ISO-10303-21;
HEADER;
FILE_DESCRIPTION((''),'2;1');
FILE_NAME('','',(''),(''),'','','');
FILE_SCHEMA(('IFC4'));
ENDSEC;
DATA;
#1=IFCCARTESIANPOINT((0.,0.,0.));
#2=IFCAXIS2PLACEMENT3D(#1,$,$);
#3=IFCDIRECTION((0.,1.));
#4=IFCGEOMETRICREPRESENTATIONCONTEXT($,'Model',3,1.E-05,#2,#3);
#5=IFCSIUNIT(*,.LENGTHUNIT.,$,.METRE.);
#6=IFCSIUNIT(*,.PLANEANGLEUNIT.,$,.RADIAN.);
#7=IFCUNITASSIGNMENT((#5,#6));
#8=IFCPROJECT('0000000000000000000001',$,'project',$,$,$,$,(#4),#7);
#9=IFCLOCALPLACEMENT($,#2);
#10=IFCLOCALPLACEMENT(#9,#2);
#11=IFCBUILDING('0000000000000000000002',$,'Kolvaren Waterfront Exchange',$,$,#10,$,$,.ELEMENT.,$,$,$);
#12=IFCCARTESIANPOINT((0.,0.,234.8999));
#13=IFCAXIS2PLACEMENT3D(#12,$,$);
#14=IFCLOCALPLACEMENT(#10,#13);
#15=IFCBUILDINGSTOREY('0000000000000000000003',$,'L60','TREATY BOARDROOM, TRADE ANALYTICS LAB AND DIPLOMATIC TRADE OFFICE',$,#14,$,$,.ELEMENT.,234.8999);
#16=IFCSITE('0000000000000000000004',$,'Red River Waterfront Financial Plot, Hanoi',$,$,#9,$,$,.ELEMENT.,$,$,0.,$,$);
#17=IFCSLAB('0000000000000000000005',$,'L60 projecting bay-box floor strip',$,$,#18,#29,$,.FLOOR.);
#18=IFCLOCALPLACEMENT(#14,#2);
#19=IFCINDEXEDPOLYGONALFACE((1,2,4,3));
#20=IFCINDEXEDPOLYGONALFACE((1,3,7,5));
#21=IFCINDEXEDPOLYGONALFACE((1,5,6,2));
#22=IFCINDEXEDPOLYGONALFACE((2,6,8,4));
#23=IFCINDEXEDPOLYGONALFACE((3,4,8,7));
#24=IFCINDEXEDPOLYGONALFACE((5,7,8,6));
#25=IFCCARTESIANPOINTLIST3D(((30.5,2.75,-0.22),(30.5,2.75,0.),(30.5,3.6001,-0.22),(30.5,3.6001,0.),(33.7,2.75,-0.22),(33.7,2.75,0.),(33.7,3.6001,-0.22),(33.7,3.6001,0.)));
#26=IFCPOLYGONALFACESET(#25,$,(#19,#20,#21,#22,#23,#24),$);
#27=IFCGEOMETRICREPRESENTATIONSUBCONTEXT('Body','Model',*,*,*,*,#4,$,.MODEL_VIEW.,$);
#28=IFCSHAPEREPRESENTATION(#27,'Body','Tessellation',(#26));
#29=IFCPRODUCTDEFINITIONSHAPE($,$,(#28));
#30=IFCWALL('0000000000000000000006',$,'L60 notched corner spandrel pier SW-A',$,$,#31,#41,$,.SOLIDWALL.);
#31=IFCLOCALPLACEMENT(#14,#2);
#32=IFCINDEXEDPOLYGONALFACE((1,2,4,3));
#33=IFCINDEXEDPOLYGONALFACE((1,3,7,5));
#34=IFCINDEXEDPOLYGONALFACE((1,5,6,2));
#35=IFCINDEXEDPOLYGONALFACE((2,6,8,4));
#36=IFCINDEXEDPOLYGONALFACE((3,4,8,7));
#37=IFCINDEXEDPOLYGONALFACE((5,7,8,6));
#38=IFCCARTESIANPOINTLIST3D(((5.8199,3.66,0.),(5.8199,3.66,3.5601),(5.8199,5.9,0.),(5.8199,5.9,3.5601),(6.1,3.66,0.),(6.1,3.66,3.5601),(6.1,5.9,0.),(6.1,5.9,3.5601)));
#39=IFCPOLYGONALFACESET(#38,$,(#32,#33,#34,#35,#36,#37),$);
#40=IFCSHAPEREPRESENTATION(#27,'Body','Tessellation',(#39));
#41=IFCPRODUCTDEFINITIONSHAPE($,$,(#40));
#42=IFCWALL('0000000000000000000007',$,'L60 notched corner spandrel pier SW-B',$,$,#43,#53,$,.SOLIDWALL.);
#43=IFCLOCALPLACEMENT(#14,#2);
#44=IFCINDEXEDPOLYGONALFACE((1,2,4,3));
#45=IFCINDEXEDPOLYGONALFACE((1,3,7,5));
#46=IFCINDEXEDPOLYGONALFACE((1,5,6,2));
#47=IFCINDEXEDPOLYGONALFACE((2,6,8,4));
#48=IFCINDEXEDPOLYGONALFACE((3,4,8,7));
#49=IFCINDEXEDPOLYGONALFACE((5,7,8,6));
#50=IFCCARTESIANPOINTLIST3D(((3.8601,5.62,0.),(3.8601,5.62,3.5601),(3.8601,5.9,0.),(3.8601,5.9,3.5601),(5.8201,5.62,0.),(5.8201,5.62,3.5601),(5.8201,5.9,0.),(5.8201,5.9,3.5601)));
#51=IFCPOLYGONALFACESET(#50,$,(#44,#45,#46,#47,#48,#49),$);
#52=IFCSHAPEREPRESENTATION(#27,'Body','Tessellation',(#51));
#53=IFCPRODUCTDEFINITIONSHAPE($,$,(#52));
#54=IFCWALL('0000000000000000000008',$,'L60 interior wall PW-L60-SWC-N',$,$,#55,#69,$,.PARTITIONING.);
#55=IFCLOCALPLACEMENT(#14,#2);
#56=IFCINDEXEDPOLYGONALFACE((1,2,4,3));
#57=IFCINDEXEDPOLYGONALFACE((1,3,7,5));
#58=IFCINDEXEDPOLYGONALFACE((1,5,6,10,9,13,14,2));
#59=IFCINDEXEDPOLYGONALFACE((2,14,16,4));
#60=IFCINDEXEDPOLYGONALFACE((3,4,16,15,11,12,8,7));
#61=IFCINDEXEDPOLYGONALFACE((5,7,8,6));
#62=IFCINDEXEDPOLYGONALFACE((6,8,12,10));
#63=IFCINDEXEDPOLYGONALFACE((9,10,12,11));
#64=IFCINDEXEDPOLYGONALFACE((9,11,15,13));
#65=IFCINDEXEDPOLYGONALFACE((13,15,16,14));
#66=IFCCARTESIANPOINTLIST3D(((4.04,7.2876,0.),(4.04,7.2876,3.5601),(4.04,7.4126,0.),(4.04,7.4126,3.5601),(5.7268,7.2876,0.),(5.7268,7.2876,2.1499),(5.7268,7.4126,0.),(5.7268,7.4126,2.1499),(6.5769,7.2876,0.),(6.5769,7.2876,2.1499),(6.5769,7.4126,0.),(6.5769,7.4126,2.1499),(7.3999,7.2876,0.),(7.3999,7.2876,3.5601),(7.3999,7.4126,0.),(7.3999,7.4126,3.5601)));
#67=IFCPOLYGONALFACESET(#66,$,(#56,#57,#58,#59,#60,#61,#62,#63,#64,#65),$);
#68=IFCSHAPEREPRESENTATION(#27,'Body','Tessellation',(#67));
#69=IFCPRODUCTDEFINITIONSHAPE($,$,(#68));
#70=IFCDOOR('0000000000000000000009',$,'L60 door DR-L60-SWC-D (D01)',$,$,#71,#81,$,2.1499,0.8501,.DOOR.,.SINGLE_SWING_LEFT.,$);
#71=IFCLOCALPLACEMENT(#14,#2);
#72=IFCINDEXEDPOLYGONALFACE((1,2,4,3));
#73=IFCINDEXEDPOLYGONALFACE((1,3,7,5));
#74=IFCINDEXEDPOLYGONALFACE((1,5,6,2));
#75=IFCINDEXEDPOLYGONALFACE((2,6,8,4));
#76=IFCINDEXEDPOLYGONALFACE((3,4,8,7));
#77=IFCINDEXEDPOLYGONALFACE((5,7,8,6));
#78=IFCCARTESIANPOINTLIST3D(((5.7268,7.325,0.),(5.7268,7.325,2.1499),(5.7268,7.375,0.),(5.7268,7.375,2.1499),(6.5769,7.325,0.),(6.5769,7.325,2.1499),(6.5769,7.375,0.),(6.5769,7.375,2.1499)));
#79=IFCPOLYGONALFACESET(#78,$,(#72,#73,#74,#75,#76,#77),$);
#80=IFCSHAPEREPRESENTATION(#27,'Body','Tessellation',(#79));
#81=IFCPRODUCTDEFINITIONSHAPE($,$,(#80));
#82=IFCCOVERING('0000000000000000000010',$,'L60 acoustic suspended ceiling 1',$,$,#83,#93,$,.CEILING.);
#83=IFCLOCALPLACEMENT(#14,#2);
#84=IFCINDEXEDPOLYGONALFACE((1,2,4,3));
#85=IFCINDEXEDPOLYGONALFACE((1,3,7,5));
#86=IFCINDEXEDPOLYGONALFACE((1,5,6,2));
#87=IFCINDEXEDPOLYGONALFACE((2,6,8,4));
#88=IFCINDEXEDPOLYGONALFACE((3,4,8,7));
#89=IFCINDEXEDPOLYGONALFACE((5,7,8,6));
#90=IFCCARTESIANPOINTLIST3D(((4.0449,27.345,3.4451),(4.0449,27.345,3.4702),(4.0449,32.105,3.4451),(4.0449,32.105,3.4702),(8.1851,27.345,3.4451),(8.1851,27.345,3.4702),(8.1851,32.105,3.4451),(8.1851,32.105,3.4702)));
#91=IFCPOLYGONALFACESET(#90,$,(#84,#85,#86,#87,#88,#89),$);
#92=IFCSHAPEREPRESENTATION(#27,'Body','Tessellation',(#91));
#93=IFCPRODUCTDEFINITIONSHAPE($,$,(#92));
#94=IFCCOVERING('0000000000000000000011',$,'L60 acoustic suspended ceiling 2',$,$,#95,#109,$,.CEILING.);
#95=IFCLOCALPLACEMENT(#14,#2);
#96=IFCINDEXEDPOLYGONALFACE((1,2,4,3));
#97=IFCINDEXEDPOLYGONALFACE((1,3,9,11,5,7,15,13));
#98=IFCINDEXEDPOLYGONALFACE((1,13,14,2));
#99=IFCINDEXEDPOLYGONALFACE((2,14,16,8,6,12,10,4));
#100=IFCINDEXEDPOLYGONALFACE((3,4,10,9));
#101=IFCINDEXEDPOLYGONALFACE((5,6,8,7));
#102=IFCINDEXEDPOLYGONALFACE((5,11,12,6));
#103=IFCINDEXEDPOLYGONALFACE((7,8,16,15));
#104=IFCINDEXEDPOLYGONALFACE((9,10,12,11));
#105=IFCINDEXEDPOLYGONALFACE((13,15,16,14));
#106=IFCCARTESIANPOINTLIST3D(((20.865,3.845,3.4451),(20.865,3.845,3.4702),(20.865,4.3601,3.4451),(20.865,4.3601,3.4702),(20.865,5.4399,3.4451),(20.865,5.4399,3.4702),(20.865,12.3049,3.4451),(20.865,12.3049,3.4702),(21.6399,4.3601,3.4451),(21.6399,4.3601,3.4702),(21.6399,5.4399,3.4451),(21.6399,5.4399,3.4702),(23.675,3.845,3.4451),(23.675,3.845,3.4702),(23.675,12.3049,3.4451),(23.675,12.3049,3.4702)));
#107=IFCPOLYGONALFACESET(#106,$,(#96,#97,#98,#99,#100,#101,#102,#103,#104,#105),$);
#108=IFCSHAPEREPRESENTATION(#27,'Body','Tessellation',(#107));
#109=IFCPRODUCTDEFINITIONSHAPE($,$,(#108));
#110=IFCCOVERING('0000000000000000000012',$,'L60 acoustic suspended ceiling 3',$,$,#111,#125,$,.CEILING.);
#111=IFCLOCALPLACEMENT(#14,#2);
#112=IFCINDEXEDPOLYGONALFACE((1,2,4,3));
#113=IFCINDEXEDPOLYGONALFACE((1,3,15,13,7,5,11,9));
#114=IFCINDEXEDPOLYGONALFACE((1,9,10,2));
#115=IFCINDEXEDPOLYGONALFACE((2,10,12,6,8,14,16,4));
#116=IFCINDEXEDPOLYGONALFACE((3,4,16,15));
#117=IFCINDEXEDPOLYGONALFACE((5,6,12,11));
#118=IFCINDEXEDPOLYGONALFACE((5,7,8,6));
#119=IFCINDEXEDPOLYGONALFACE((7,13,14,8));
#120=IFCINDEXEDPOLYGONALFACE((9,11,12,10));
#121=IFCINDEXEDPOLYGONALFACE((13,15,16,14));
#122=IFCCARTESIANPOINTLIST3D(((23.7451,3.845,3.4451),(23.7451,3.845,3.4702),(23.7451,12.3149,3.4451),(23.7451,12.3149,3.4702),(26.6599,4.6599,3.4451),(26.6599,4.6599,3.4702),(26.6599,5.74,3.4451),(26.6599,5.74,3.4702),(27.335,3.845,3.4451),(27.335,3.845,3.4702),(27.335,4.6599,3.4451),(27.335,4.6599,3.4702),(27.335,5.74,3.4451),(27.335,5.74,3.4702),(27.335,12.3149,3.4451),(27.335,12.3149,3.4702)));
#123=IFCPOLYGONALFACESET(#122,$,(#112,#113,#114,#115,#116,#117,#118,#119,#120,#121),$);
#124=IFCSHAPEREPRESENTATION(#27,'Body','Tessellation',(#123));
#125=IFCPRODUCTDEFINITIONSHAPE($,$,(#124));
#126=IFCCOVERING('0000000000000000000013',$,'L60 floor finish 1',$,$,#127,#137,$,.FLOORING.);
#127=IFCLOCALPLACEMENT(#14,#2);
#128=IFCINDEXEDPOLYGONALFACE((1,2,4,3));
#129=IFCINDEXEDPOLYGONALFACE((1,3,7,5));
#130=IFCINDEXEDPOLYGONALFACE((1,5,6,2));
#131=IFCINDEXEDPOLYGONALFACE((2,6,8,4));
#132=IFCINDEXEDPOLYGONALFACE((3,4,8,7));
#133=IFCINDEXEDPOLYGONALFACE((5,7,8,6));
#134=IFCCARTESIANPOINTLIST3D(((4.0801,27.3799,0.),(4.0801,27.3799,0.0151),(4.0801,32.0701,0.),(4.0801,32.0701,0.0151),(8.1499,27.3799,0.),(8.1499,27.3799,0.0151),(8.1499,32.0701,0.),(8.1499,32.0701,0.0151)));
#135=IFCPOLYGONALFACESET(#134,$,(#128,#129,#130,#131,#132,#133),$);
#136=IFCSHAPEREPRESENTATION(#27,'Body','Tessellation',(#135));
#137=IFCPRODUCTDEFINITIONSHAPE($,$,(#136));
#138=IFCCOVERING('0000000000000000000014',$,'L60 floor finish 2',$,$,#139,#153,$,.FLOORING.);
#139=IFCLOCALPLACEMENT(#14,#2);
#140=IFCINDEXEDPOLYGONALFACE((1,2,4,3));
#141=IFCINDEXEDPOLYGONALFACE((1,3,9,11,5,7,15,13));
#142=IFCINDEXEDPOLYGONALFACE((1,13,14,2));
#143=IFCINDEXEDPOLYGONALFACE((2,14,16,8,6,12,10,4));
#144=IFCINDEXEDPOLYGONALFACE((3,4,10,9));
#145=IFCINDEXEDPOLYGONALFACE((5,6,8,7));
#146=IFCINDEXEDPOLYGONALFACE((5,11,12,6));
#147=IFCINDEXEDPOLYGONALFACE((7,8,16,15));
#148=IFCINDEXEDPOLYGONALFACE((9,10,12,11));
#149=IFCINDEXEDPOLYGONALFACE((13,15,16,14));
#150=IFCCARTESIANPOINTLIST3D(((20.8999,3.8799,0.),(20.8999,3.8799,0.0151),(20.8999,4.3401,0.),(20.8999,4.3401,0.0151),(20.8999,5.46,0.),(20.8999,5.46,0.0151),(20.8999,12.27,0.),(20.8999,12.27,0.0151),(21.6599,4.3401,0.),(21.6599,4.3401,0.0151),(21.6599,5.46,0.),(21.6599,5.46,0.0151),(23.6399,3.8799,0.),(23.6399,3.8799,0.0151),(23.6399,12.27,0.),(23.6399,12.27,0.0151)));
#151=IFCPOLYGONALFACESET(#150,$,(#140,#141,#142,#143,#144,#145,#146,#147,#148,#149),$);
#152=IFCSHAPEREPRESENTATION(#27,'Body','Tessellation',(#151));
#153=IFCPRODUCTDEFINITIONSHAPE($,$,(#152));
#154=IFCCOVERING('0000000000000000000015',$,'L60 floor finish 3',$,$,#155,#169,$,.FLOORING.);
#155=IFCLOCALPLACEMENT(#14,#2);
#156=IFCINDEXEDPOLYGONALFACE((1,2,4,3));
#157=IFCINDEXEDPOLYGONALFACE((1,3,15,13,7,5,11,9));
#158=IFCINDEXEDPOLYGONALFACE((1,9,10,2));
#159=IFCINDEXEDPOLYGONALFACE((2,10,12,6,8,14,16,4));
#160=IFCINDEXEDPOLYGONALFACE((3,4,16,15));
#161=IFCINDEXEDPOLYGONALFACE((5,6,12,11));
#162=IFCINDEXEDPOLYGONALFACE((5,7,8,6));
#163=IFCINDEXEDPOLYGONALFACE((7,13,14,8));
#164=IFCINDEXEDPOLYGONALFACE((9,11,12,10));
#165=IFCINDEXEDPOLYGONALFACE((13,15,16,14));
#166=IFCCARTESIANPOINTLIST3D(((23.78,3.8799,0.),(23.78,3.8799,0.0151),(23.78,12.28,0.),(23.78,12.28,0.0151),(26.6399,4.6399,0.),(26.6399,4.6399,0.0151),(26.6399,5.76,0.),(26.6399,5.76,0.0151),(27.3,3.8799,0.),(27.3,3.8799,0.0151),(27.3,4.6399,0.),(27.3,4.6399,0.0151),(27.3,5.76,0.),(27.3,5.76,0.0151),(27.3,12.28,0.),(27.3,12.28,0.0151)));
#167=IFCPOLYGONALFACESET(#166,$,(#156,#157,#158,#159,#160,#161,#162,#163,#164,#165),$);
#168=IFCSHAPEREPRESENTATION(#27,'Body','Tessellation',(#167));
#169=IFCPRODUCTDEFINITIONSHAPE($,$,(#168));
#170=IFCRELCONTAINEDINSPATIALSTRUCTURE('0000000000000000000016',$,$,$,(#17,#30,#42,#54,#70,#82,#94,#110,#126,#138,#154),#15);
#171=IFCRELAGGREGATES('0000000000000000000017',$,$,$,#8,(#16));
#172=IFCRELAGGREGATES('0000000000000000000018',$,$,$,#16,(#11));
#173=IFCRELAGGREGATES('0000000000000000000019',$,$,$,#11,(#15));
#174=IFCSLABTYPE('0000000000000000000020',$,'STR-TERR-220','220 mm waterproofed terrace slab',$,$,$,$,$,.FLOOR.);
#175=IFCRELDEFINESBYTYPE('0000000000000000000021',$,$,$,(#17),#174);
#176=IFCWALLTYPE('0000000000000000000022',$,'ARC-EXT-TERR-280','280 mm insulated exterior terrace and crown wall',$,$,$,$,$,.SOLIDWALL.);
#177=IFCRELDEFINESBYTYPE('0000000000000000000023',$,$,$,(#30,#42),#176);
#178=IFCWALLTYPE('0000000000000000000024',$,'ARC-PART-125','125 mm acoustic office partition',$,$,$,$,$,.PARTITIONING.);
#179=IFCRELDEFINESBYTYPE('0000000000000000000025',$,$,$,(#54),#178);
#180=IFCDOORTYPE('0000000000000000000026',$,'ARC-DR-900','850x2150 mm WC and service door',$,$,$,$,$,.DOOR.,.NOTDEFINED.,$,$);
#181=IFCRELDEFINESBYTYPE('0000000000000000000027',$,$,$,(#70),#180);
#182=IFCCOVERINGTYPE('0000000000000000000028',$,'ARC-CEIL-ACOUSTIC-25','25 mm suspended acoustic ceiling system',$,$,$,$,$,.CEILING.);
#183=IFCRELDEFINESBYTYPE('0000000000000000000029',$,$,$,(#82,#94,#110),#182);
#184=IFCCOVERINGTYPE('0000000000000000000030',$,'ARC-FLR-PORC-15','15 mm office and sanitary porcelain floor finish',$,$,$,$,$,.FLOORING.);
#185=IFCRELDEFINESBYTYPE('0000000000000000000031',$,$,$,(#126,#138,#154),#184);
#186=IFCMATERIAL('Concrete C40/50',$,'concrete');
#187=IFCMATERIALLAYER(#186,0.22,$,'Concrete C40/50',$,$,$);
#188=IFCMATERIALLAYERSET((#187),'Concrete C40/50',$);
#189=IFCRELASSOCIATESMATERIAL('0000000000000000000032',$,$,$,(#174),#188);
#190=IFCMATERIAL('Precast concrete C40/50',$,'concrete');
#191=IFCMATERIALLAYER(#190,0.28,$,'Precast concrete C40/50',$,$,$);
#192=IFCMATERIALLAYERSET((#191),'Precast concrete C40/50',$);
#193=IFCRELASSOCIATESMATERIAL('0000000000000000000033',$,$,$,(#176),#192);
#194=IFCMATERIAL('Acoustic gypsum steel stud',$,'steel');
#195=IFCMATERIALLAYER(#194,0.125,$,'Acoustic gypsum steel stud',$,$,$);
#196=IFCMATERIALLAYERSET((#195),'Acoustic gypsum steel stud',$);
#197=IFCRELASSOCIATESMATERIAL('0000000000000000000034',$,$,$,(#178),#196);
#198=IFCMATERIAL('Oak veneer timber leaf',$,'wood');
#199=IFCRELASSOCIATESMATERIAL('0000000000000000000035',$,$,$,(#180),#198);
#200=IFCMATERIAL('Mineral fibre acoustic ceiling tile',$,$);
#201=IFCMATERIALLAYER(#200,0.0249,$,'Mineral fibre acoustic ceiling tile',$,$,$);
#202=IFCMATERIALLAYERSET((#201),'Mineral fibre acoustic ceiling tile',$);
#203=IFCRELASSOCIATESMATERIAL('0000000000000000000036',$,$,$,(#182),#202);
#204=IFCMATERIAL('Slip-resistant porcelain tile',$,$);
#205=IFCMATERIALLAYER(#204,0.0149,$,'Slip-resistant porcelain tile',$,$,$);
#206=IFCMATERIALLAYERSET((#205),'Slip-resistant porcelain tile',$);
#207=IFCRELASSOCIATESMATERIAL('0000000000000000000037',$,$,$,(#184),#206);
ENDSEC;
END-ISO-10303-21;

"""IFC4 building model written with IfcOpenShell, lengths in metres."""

from ifc_helpers import new_model, si_unit, direction, frame, frame_2d, origin, place, context, subcontext, project, spatial, polyline, rectangle, outline, extrude, material, layer, layer_set, type_object, element, fill, save


model = new_model("IFC4")

# Units and contexts
model_context = context("Model", 3, precision=1e-05, world=origin(), true_north=direction((0.0, 1.0)))
body_context = subcontext(model_context, "Body", "Model", "MODEL_VIEW")
ifc_project = project(units=[si_unit("LENGTHUNIT", "METRE"), si_unit("PLANEANGLEUNIT", "RADIAN")], contexts=[model_context])

# Site, building, storey
site_placement = place(None, origin())
site = spatial("IfcSite", under=ifc_project, at=site_placement, Name="Red River Waterfront Financial Plot, Hanoi", CompositionType="ELEMENT", RefElevation=0.0)
building_placement = place(site_placement, origin())
building = spatial("IfcBuilding", under=site, at=building_placement, Name="Kolvaren Waterfront Exchange", CompositionType="ELEMENT")
storey_placement = place(building_placement, frame((0.0, 0.0, 234.8999)))
storey = spatial("IfcBuildingStorey", under=building, at=storey_placement, Name="L60", Description="TREATY BOARDROOM, TRADE ANALYTICS LAB AND DIPLOMATIC TRADE OFFICE", CompositionType="ELEMENT", Elevation=234.8999)

# Shared definitions
ifc_material_1 = material(Name="Concrete C40/50", Category="concrete")

# Slab
ifc_layer_1 = layer(ifc_material_1, 0.22, Name="Concrete C40/50")
ifc_layer_set_1 = layer_set([ifc_layer_1], Name="Concrete C40/50")
slab_type_1 = type_object("IfcSlabType", Name="STR-TERR-220", Description="220 mm waterproofed terrace slab", PredefinedType="FLOOR", material=ifc_layer_set_1)
slab_1_placement = place(storey_placement, frame((0.0, 0.0, -0.22)))
element("IfcSlab", 1, at=slab_1_placement, inside=storey, type_object=slab_type_1, Name="L60 projecting bay-box floor strip", PredefinedType="FLOOR", context=body_context, shape_type="SweptSolid", body=[
    extrude(outline(polyline([(30.5, 2.75), (33.7, 2.75), (33.7, 3.6001), (30.5, 3.6001), (30.5, 2.75)])), origin(), (0.0, 0.0, 1.0), 0.22),
])

# Walls
ifc_material_2 = material(Name="Precast concrete C40/50", Category="concrete")
ifc_layer_2 = layer(ifc_material_2, 0.28, Name="Precast concrete C40/50")
ifc_layer_set_2 = layer_set([ifc_layer_2], Name="Precast concrete C40/50")
wall_type_1 = type_object("IfcWallType", Name="ARC-EXT-TERR-280", Description="280 mm insulated exterior terrace and crown wall", PredefinedType="SOLIDWALL", material=ifc_layer_set_2)
wall_1_placement = place(storey_placement, frame((5.96, 3.6599, 0.0), z_axis=(0.0, 0.0, 1.0), x_axis=(0.0, 1.0, 0.0)))
element("IfcWall", 2, at=wall_1_placement, inside=storey, type_object=wall_type_1, Name="L60 notched corner spandrel pier SW-A", PredefinedType="SOLIDWALL", context=body_context, shape_type="SweptSolid", body=[
    extrude(rectangle(XDim=2.24, YDim=0.28, at=frame_2d((1.1201, 0.0))), origin(), (0.0, 0.0, 1.0), 3.5601),
])
wall_2_placement = place(storey_placement, frame((3.8601, 5.76, 0.0), z_axis=(0.0, 0.0, 1.0), x_axis=(1.0, 0.0, 0.0)))
element("IfcWall", 3, at=wall_2_placement, inside=storey, type_object=wall_type_1, Name="L60 notched corner spandrel pier SW-B", PredefinedType="SOLIDWALL", context=body_context, shape_type="SweptSolid", body=[
    extrude(rectangle(XDim=1.96, YDim=0.28, at=frame_2d((0.98, 0.0))), origin(), (0.0, 0.0, 1.0), 3.5601),
])

# Wall, opening, door
ifc_material_3 = material(Name="Acoustic gypsum steel stud", Category="steel")
ifc_layer_3 = layer(ifc_material_3, 0.125, Name="Acoustic gypsum steel stud")
ifc_layer_set_3 = layer_set([ifc_layer_3], Name="Acoustic gypsum steel stud")
wall_type_2 = type_object("IfcWallType", Name="ARC-PART-125", Description="125 mm acoustic office partition", PredefinedType="PARTITIONING", material=ifc_layer_set_3)
wall_3_placement = place(storey_placement, frame((4.04, 7.3501, 0.0), z_axis=(0.0, 0.0, 1.0), x_axis=(1.0, 0.0, 0.0)))
wall_3 = element("IfcWall", 4, at=wall_3_placement, inside=storey, type_object=wall_type_2, Name="L60 interior wall PW-L60-SWC-N", PredefinedType="PARTITIONING", context=body_context, shape_type="SweptSolid", body=[
    extrude(rectangle(XDim=3.3599, YDim=0.125, at=frame_2d((1.6799, 0.0))), origin(), (0.0, 0.0, 1.0), 3.5601),
])
opening_placement = place(wall_3_placement, frame((1.6868, 0.0, 0.0)))
opening = element("IfcOpeningElement", 5, at=opening_placement, cuts=wall_3, PredefinedType="OPENING", context=body_context, shape_type="SweptSolid", body=[
    extrude(rectangle(XDim=0.8501, YDim=2.1499, at=frame_2d((0.425, 1.075))), frame((0.0, 0.0725, 0.0), z_axis=(0.0, -1.0, 0.0), x_axis=(1.0, 0.0, 0.0)), (0.0, 0.0, 1.0), 0.145),
])
ifc_material_4 = material(Name="Oak veneer timber leaf", Category="wood")
door_type = type_object("IfcDoorType", Name="ARC-DR-900", Description="850x2150 mm WC and service door", OperationType="NOTDEFINED", PredefinedType="DOOR", material=ifc_material_4)
door_placement = place(opening_placement, origin())
door = element("IfcDoor", 6, at=door_placement, inside=storey, type_object=door_type, Name="L60 door DR-L60-SWC-D (D01)", OperationType="SINGLE_SWING_LEFT", OverallHeight=2.1499, OverallWidth=0.8501, PredefinedType="DOOR", context=body_context, shape_type="SweptSolid", body=[
    extrude(rectangle(XDim=0.8501, YDim=2.1499, at=frame_2d((0.425, 1.075))), frame((0.0, 0.0249, 0.0), z_axis=(0.0, -1.0, 0.0), x_axis=(1.0, 0.0, 0.0)), (0.0, 0.0, 1.0), 0.05),
])
fill(opening, door)

# Coverings
ifc_material_5 = material(Name="Mineral fibre acoustic ceiling tile")
ifc_layer_4 = layer(ifc_material_5, 0.0249, Name="Mineral fibre acoustic ceiling tile")
ifc_layer_set_4 = layer_set([ifc_layer_4], Name="Mineral fibre acoustic ceiling tile")
covering_type_1 = type_object("IfcCoveringType", Name="ARC-CEIL-ACOUSTIC-25", Description="25 mm suspended acoustic ceiling system", PredefinedType="CEILING", material=ifc_layer_set_4)
covering_1_placement = place(storey_placement, frame((0.0, 0.0, 3.4451)))
element("IfcCovering", 7, at=covering_1_placement, inside=storey, type_object=covering_type_1, Name="L60 acoustic suspended ceiling 1", PredefinedType="CEILING", context=body_context, shape_type="SweptSolid", body=[
    extrude(outline(polyline([(8.1851, 27.345), (8.1851, 32.105), (4.0449, 32.105), (4.0449, 27.345), (8.1851, 27.345)])), origin(), (0.0, 0.0, 1.0), 0.0251),
])
covering_2_placement = place(storey_placement, frame((0.0, 0.0, 3.4451)))
element("IfcCovering", 8, at=covering_2_placement, inside=storey, type_object=covering_type_1, Name="L60 acoustic suspended ceiling 2", PredefinedType="CEILING", context=body_context, shape_type="SweptSolid", body=[
    extrude(outline(polyline([(20.865, 5.4399), (21.6399, 5.4399), (21.6399, 4.3601), (20.865, 4.3601), (20.865, 3.845), (23.675, 3.845), (23.675, 12.3049), (20.865, 12.3049), (20.865, 5.4399)])), origin(), (0.0, 0.0, 1.0), 0.0251),
])
covering_3_placement = place(storey_placement, frame((0.0, 0.0, 3.4451)))
element("IfcCovering", 9, at=covering_3_placement, inside=storey, type_object=covering_type_1, Name="L60 acoustic suspended ceiling 3", PredefinedType="CEILING", context=body_context, shape_type="SweptSolid", body=[
    extrude(outline(polyline([(27.335, 4.6599), (26.6599, 4.6599), (26.6599, 5.74), (27.335, 5.74), (27.335, 12.3149), (23.7451, 12.3149), (23.7451, 3.845), (27.335, 3.845), (27.335, 4.6599)])), origin(), (0.0, 0.0, 1.0), 0.0251),
])
ifc_material_6 = material(Name="Slip-resistant porcelain tile")
ifc_layer_5 = layer(ifc_material_6, 0.0149, Name="Slip-resistant porcelain tile")
ifc_layer_set_5 = layer_set([ifc_layer_5], Name="Slip-resistant porcelain tile")
covering_type_2 = type_object("IfcCoveringType", Name="ARC-FLR-PORC-15", Description="15 mm office and sanitary porcelain floor finish", PredefinedType="FLOORING", material=ifc_layer_set_5)
covering_4_placement = place(storey_placement, origin())
element("IfcCovering", 10, at=covering_4_placement, inside=storey, type_object=covering_type_2, Name="L60 floor finish 1", PredefinedType="FLOORING", context=body_context, shape_type="SweptSolid", body=[
    extrude(outline(polyline([(4.0801, 32.0701), (4.0801, 27.3799), (8.1499, 27.3799), (8.1499, 32.0701), (4.0801, 32.0701)])), origin(), (0.0, 0.0, 1.0), 0.0151),
])
covering_5_placement = place(storey_placement, origin())
element("IfcCovering", 11, at=covering_5_placement, inside=storey, type_object=covering_type_2, Name="L60 floor finish 2", PredefinedType="FLOORING", context=body_context, shape_type="SweptSolid", body=[
    extrude(outline(polyline([(20.8999, 4.3401), (20.8999, 3.8799), (23.6399, 3.8799), (23.6399, 12.27), (20.8999, 12.27), (20.8999, 5.46), (21.6599, 5.46), (21.6599, 4.3401), (20.8999, 4.3401)])), origin(), (0.0, 0.0, 1.0), 0.0151),
])
covering_6_placement = place(storey_placement, origin())
element("IfcCovering", 12, at=covering_6_placement, inside=storey, type_object=covering_type_2, Name="L60 floor finish 3", PredefinedType="FLOORING", context=body_context, shape_type="SweptSolid", body=[
    extrude(outline(polyline([(23.78, 12.28), (23.78, 3.8799), (27.3, 3.8799), (27.3, 4.6399), (26.6399, 4.6399), (26.6399, 5.76), (27.3, 5.76), (27.3, 12.28), (23.78, 12.28)])), origin(), (0.0, 0.0, 1.0), 0.0151),
])

save(model, "model.ifc")
